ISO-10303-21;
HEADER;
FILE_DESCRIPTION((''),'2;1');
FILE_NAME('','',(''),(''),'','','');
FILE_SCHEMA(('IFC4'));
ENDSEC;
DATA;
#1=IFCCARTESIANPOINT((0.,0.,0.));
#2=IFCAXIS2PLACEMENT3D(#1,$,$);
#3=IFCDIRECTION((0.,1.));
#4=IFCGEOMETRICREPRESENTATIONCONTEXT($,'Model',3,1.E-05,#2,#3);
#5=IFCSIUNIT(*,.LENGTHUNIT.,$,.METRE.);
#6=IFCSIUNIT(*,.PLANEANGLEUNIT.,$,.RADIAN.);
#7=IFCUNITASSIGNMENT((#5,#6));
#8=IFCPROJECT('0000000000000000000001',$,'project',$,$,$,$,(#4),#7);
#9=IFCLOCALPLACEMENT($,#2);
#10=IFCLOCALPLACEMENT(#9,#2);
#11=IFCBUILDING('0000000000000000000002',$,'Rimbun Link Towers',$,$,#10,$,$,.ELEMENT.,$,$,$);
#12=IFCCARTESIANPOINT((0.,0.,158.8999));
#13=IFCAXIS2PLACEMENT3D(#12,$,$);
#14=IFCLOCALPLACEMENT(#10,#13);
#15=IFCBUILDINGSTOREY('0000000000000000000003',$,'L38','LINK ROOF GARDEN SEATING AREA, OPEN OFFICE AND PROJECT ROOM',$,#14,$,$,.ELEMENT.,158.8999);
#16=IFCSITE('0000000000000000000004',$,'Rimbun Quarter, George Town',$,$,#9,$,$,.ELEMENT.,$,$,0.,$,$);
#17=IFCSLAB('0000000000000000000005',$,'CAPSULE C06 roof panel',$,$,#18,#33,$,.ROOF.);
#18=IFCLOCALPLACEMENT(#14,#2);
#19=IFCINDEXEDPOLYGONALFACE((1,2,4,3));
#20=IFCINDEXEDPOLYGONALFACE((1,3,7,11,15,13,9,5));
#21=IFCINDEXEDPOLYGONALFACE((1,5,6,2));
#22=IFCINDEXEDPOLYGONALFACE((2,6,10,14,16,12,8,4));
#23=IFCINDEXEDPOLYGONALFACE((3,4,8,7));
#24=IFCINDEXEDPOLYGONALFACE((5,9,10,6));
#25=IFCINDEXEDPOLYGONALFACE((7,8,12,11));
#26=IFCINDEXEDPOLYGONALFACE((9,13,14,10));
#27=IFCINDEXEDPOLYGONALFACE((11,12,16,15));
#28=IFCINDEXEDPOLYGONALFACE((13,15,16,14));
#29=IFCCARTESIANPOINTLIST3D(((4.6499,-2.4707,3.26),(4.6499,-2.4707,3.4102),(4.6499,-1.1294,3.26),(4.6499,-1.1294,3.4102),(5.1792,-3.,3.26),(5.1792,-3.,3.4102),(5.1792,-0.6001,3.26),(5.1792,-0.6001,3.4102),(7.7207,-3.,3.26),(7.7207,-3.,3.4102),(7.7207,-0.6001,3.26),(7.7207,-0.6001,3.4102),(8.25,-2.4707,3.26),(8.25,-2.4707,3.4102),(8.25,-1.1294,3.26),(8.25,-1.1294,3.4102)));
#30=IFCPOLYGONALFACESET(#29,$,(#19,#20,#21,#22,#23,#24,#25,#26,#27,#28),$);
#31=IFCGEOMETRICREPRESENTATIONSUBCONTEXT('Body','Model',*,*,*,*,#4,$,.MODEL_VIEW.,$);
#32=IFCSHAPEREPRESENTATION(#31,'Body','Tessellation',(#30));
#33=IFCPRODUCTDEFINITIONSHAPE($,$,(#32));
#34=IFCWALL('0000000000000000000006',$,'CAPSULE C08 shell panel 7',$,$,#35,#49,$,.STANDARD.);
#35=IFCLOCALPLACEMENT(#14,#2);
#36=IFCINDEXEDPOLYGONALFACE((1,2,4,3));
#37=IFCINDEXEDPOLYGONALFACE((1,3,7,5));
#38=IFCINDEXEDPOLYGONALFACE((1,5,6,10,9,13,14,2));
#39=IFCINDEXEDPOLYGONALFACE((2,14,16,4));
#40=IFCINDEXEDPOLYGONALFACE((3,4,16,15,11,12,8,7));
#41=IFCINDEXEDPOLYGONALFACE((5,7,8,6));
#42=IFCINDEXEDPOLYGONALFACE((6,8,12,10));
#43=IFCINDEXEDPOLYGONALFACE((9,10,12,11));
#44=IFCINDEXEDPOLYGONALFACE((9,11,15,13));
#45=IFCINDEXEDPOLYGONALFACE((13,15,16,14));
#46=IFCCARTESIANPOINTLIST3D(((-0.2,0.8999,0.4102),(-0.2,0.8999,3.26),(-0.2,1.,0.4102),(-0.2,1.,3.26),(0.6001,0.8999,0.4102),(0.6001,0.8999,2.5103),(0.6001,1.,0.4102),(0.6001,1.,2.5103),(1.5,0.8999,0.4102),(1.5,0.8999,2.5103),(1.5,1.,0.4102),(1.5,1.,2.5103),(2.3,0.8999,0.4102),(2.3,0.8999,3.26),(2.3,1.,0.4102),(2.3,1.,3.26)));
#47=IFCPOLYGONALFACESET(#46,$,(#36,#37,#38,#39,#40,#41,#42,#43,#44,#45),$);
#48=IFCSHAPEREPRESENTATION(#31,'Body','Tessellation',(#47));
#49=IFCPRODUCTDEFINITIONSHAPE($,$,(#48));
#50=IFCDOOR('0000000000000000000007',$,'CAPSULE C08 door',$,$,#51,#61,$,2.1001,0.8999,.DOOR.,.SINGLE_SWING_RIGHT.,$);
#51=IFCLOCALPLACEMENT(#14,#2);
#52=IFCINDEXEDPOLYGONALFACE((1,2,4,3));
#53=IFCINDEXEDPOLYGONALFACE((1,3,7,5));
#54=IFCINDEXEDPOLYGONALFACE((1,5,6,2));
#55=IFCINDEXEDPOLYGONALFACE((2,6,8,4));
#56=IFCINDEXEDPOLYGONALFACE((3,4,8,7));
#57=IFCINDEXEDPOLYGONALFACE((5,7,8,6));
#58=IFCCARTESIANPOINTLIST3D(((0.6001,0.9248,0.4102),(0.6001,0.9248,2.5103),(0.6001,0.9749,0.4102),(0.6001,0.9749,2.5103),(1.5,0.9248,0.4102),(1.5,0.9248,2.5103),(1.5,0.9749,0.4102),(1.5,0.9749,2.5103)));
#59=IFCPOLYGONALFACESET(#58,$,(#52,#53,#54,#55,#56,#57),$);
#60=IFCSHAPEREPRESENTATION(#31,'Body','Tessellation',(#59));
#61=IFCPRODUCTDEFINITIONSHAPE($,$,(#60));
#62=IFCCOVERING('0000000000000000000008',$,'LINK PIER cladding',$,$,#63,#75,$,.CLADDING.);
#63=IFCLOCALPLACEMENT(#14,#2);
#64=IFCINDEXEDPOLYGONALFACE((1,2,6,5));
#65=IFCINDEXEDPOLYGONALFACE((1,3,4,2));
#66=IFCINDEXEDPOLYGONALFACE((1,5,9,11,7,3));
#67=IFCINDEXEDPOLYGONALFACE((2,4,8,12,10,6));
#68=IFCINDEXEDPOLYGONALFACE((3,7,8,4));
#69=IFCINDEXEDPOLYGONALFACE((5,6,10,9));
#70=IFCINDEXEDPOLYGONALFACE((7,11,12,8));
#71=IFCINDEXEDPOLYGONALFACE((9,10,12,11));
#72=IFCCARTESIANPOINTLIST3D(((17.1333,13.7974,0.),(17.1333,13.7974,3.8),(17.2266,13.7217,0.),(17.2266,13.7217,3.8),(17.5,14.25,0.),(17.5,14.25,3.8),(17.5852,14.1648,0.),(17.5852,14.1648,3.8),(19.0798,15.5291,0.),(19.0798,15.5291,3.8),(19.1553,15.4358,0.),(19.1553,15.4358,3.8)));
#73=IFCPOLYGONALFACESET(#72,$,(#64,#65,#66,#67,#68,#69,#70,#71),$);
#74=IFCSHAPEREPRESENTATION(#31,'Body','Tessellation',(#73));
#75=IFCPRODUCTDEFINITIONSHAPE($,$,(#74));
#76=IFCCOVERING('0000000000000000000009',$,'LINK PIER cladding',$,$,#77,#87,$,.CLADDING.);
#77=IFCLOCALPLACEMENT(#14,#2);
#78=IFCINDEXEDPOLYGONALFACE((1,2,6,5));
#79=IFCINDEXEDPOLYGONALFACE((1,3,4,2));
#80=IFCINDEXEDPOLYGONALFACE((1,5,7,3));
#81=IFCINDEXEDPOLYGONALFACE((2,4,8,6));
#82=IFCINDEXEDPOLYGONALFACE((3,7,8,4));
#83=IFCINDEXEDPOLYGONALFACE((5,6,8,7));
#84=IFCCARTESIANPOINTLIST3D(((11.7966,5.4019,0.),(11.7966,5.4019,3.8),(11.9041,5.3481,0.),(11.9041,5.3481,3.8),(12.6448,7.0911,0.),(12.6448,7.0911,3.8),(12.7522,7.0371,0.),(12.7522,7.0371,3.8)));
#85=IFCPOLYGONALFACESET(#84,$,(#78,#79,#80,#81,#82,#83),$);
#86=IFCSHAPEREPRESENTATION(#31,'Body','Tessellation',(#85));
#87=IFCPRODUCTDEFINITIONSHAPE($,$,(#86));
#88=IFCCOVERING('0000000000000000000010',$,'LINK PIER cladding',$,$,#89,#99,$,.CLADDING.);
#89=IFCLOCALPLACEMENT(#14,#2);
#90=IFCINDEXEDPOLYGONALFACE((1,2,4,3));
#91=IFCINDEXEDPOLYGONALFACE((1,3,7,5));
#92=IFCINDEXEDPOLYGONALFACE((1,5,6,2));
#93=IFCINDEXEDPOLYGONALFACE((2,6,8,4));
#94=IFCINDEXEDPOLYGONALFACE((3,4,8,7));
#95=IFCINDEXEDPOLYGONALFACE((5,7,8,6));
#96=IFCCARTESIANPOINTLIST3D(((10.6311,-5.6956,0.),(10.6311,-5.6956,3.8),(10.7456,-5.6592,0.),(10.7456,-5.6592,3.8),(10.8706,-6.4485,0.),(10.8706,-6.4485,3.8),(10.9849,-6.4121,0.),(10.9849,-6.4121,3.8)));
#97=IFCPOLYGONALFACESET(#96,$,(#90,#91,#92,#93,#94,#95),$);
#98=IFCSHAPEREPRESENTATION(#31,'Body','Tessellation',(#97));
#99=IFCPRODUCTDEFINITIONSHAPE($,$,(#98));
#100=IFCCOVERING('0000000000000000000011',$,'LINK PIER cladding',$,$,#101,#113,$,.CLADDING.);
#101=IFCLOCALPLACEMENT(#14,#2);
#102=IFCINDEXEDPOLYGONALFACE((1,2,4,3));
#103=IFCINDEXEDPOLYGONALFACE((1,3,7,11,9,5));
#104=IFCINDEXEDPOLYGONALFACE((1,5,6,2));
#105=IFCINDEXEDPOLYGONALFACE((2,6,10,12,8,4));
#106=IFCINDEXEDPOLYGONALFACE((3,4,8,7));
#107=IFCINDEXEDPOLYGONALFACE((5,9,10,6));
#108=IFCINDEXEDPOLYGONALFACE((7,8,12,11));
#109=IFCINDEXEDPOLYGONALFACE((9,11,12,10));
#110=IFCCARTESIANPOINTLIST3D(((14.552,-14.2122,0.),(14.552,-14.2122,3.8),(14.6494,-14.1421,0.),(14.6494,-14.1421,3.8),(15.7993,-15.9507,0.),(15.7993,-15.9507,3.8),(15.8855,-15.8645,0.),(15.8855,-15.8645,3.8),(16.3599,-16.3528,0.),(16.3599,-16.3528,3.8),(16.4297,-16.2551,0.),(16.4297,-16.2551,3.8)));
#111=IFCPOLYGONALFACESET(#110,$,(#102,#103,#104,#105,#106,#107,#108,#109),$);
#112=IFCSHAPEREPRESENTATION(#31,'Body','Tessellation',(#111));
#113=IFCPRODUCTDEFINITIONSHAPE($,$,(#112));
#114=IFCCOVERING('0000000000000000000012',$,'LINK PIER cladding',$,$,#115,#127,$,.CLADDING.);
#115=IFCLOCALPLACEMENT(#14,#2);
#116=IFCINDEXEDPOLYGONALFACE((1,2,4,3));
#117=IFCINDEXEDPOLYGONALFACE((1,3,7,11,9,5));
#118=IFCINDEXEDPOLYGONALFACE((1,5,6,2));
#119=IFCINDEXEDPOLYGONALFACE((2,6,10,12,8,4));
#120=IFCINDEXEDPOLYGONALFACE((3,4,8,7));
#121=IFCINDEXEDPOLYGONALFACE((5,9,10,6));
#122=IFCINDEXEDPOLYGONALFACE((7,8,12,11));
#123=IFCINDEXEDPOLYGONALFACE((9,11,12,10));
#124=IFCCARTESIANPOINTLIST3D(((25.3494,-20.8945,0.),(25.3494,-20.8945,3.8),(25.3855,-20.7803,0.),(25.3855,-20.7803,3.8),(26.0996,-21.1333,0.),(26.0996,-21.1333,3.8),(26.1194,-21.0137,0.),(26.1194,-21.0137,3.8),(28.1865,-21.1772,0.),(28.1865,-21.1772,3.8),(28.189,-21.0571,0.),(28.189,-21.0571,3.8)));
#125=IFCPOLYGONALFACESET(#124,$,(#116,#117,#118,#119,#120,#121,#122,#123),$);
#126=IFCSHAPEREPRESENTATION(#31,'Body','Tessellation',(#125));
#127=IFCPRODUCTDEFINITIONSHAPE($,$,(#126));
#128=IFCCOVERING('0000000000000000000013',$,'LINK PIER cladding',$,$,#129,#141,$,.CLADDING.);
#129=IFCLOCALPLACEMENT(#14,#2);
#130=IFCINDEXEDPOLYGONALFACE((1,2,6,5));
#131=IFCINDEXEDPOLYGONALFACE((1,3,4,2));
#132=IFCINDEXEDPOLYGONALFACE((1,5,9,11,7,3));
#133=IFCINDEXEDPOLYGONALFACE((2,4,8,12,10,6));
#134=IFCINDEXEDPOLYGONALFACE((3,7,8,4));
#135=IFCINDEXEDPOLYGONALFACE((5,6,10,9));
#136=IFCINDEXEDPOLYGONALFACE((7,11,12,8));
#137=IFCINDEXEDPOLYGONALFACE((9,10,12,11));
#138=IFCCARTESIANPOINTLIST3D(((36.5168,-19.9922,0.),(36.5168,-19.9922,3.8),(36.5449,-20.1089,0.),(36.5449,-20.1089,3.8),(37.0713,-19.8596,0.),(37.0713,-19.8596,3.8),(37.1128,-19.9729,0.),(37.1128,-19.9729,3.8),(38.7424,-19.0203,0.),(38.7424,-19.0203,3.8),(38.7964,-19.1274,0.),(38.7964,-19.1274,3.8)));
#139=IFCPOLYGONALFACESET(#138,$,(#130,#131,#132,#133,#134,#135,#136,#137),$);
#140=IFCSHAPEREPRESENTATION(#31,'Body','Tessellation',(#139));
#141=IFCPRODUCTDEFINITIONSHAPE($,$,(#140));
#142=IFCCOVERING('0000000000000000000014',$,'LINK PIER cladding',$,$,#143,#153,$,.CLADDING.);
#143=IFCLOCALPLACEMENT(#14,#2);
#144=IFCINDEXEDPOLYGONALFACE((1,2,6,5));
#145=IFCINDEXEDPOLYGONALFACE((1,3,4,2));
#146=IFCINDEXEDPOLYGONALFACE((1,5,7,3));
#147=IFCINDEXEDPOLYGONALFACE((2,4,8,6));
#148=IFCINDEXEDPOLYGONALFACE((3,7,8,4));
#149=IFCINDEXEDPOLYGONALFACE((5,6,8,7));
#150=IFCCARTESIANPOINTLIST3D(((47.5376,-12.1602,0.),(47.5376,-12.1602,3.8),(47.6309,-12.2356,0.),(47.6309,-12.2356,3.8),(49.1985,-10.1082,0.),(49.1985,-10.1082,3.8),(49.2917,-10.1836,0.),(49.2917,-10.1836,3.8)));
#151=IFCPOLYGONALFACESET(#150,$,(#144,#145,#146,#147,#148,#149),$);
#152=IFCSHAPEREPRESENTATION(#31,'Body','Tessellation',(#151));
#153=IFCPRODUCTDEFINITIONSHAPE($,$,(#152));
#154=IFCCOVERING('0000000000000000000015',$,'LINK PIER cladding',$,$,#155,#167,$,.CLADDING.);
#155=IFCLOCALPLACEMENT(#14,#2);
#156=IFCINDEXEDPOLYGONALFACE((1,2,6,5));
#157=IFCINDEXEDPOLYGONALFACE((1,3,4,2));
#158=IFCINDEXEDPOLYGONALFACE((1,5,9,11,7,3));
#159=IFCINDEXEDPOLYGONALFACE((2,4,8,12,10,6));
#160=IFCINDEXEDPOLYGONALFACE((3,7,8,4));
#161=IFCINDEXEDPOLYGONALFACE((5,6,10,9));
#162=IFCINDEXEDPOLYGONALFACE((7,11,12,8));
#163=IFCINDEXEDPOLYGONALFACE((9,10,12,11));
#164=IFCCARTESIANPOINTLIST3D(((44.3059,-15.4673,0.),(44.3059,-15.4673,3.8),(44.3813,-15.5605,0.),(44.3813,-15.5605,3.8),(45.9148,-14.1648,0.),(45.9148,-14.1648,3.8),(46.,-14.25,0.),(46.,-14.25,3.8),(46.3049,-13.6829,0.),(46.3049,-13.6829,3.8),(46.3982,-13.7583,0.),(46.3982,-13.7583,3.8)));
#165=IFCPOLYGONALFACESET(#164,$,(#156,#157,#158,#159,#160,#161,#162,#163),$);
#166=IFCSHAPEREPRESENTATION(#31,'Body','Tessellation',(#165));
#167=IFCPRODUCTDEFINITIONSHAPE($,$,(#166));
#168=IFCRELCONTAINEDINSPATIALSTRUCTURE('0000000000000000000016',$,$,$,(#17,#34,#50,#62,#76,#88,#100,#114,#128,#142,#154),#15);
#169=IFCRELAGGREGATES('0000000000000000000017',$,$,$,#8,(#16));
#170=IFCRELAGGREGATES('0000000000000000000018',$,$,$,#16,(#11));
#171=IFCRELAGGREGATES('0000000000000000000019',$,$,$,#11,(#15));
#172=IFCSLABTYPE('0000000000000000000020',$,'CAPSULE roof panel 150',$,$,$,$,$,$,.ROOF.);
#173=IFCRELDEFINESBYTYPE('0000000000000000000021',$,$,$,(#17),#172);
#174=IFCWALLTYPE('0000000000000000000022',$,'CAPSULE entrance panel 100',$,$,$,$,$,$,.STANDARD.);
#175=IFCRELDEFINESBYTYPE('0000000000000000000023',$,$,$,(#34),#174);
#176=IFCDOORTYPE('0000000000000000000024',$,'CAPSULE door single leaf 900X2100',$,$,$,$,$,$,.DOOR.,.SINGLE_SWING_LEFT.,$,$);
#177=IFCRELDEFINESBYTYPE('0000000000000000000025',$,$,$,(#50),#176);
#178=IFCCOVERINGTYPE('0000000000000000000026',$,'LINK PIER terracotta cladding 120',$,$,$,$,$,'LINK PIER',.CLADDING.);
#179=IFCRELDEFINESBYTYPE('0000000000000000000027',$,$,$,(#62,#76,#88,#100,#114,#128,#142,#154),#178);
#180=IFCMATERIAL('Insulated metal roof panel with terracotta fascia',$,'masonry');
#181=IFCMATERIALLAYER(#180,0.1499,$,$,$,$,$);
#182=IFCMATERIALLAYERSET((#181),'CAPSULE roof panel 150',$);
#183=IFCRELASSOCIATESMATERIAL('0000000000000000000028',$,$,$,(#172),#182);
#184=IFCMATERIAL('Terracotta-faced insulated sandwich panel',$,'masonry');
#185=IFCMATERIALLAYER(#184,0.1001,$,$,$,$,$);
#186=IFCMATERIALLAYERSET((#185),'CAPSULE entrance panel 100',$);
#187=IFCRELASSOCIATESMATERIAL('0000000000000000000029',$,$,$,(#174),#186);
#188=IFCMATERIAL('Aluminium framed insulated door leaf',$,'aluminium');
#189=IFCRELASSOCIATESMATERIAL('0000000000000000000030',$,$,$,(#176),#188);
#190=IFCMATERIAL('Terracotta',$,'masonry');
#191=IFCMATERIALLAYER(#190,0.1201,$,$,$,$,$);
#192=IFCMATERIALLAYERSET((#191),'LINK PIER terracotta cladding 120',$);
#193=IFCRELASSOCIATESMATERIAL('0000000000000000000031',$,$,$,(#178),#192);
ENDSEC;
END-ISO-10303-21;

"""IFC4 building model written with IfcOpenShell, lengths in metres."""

from ifc_helpers import new_model, si_unit, direction, frame, frame_2d, origin, place, context, subcontext, project, spatial, polyline, rectangle, outline, extrude, material, layer, layer_set, type_object, element, fill, save


model = new_model("IFC4")

# Units and contexts
model_context = context("Model", 3, precision=1e-05, world=origin(), true_north=direction((0.0, 1.0)))
body_context = subcontext(model_context, "Body", "Model", "MODEL_VIEW")
ifc_project = project(units=[si_unit("LENGTHUNIT", "METRE"), si_unit("PLANEANGLEUNIT", "RADIAN")], contexts=[model_context])

# Site, building, storey
site_placement = place(None, origin())
site = spatial("IfcSite", under=ifc_project, at=site_placement, Name="Rimbun Quarter, George Town", CompositionType="ELEMENT", RefElevation=0.0)
building_placement = place(site_placement, origin())
building = spatial("IfcBuilding", under=site, at=building_placement, Name="Rimbun Link Towers", CompositionType="ELEMENT")
storey_placement = place(building_placement, frame((0.0, 0.0, 158.8999)))
storey = spatial("IfcBuildingStorey", under=building, at=storey_placement, Name="L38", Description="LINK ROOF GARDEN SEATING AREA, OPEN OFFICE AND PROJECT ROOM", CompositionType="ELEMENT", Elevation=158.8999)

# Slab
ifc_material_1 = material(Name="Insulated metal roof panel with terracotta fascia", Category="masonry")
ifc_layer_1 = layer(ifc_material_1, 0.1499)
ifc_layer_set_1 = layer_set([ifc_layer_1], Name="CAPSULE roof panel 150")
slab_type_1 = type_object("IfcSlabType", Name="CAPSULE roof panel 150", PredefinedType="ROOF", material=ifc_layer_set_1)
slab_1_placement = place(storey_placement, frame((0.0, 0.0, 3.26)))
element("IfcSlab", 1, at=slab_1_placement, inside=storey, type_object=slab_type_1, Name="CAPSULE C06 roof panel", PredefinedType="ROOF", context=body_context, shape_type="SweptSolid", body=[
    extrude(outline(polyline([(8.25, -1.1294), (7.7207, -0.6001), (5.1792, -0.6001), (4.6499, -1.1294), (4.6499, -2.4707), (5.1792, -3.0), (7.7207, -3.0), (8.25, -2.4707), (8.25, -1.1294)])), origin(), (0.0, 0.0, 1.0), 0.1501),
])

# Wall, opening, door
ifc_material_2 = material(Name="Terracotta-faced insulated sandwich panel", Category="masonry")
ifc_layer_2 = layer(ifc_material_2, 0.1001)
ifc_layer_set_2 = layer_set([ifc_layer_2], Name="CAPSULE entrance panel 100")
wall_type = type_object("IfcWallType", Name="CAPSULE entrance panel 100", PredefinedType="STANDARD", material=ifc_layer_set_2)
wall_placement = place(storey_placement, frame((-0.2, 0.95, 0.4102), z_axis=(0.0, 0.0, 1.0), x_axis=(1.0, 0.0, 0.0)))
wall = element("IfcWall", 2, at=wall_placement, inside=storey, type_object=wall_type, Name="CAPSULE C08 shell panel 7", PredefinedType="STANDARD", context=body_context, shape_type="SweptSolid", body=[
    extrude(rectangle(XDim=2.5, YDim=0.1001, at=frame_2d((1.25, 0.0))), origin(), (0.0, 0.0, 1.0), 2.8499),
])
opening_placement = place(wall_placement, frame((0.8, 0.0, 0.0)))
opening = element("IfcOpeningElement", 3, at=opening_placement, cuts=wall, PredefinedType="OPENING", context=body_context, shape_type="SweptSolid", body=[
    extrude(rectangle(XDim=0.8999, YDim=2.1001, at=frame_2d((0.45, 1.05))), frame((0.0, 0.0601, 0.0), z_axis=(0.0, -1.0, 0.0), x_axis=(1.0, 0.0, 0.0)), (0.0, 0.0, 1.0), 0.1201),
])
ifc_material_3 = material(Name="Aluminium framed insulated door leaf", Category="aluminium")
door_type = type_object("IfcDoorType", Name="CAPSULE door single leaf 900X2100", OperationType="SINGLE_SWING_LEFT", PredefinedType="DOOR", material=ifc_material_3)
door_placement = place(opening_placement, origin())
door = element("IfcDoor", 4, at=door_placement, inside=storey, type_object=door_type, Name="CAPSULE C08 door", OperationType="SINGLE_SWING_RIGHT", OverallHeight=2.1001, OverallWidth=0.8999, PredefinedType="DOOR", context=body_context, shape_type="SweptSolid", body=[
    extrude(rectangle(XDim=0.8999, YDim=2.1001, at=frame_2d((0.45, 1.05))), frame((0.0, 0.0249, 0.0), z_axis=(0.0, -1.0, 0.0), x_axis=(1.0, 0.0, 0.0)), (0.0, 0.0, 1.0), 0.05),
])
fill(opening, door)

# Coverings
ifc_material_4 = material(Name="Terracotta", Category="masonry")
ifc_layer_3 = layer(ifc_material_4, 0.1201)
ifc_layer_set_3 = layer_set([ifc_layer_3], Name="LINK PIER terracotta cladding 120")
covering_type = type_object("IfcCoveringType", Name="LINK PIER terracotta cladding 120", ElementType="LINK PIER", PredefinedType="CLADDING", material=ifc_layer_set_3)
covering_1_placement = place(storey_placement, origin())
element("IfcCovering", 5, at=covering_1_placement, inside=storey, type_object=covering_type, Name="LINK PIER cladding", PredefinedType="CLADDING", context=body_context, shape_type="SweptSolid", body=[
    extrude(outline(polyline([(17.2266, 13.7217), (17.5852, 14.1648), (19.1553, 15.4358), (19.0798, 15.5291), (17.5, 14.25), (17.1333, 13.7974), (17.2266, 13.7217)])), origin(), (0.0, 0.0, 1.0), 3.8),
])
covering_2_placement = place(storey_placement, origin())
element("IfcCovering", 6, at=covering_2_placement, inside=storey, type_object=covering_type, Name="LINK PIER cladding", PredefinedType="CLADDING", context=body_context, shape_type="SweptSolid", body=[
    extrude(outline(polyline([(11.9041, 5.3481), (12.7522, 7.0371), (12.6448, 7.0911), (11.7966, 5.4019), (11.9041, 5.3481)])), origin(), (0.0, 0.0, 1.0), 3.8),
])
covering_3_placement = place(storey_placement, origin())
element("IfcCovering", 7, at=covering_3_placement, inside=storey, type_object=covering_type, Name="LINK PIER cladding", PredefinedType="CLADDING", context=body_context, shape_type="SweptSolid", body=[
    extrude(outline(polyline([(10.9849, -6.4121), (10.7456, -5.6592), (10.6311, -5.6956), (10.8706, -6.4485), (10.9849, -6.4121)])), origin(), (0.0, 0.0, 1.0), 3.8),
])
covering_4_placement = place(storey_placement, origin())
element("IfcCovering", 8, at=covering_4_placement, inside=storey, type_object=covering_type, Name="LINK PIER cladding", PredefinedType="CLADDING", context=body_context, shape_type="SweptSolid", body=[
    extrude(outline(polyline([(16.4297, -16.2551), (15.8855, -15.8645), (14.6494, -14.1421), (14.552, -14.2122), (15.7993, -15.9507), (16.3599, -16.3528), (16.4297, -16.2551)])), origin(), (0.0, 0.0, 1.0), 3.8),
])
covering_5_placement = place(storey_placement, origin())
element("IfcCovering", 9, at=covering_5_placement, inside=storey, type_object=covering_type, Name="LINK PIER cladding", PredefinedType="CLADDING", context=body_context, shape_type="SweptSolid", body=[
    extrude(outline(polyline([(28.189, -21.0571), (26.1194, -21.0137), (25.3855, -20.7803), (25.3494, -20.8945), (26.0996, -21.1333), (28.1865, -21.1772), (28.189, -21.0571)])), origin(), (0.0, 0.0, 1.0), 3.8),
])
covering_6_placement = place(storey_placement, origin())
element("IfcCovering", 10, at=covering_6_placement, inside=storey, type_object=covering_type, Name="LINK PIER cladding", PredefinedType="CLADDING", context=body_context, shape_type="SweptSolid", body=[
    extrude(outline(polyline([(38.7424, -19.0203), (37.0713, -19.8596), (36.5168, -19.9922), (36.5449, -20.1089), (37.1128, -19.9729), (38.7964, -19.1274), (38.7424, -19.0203)])), origin(), (0.0, 0.0, 1.0), 3.8),
])
covering_7_placement = place(storey_placement, origin())
element("IfcCovering", 11, at=covering_7_placement, inside=storey, type_object=covering_type, Name="LINK PIER cladding", PredefinedType="CLADDING", context=body_context, shape_type="SweptSolid", body=[
    extrude(outline(polyline([(49.1985, -10.1082), (47.5376, -12.1602), (47.6309, -12.2356), (49.2917, -10.1836), (49.1985, -10.1082)])), origin(), (0.0, 0.0, 1.0), 3.8),
])
covering_8_placement = place(storey_placement, origin())
element("IfcCovering", 12, at=covering_8_placement, inside=storey, type_object=covering_type, Name="LINK PIER cladding", PredefinedType="CLADDING", context=body_context, shape_type="SweptSolid", body=[
    extrude(outline(polyline([(46.3049, -13.6829), (45.9148, -14.1648), (44.3059, -15.4673), (44.3813, -15.5605), (46.0, -14.25), (46.3982, -13.7583), (46.3049, -13.6829)])), origin(), (0.0, 0.0, 1.0), 3.8),
])

save(model, "model.ifc")
